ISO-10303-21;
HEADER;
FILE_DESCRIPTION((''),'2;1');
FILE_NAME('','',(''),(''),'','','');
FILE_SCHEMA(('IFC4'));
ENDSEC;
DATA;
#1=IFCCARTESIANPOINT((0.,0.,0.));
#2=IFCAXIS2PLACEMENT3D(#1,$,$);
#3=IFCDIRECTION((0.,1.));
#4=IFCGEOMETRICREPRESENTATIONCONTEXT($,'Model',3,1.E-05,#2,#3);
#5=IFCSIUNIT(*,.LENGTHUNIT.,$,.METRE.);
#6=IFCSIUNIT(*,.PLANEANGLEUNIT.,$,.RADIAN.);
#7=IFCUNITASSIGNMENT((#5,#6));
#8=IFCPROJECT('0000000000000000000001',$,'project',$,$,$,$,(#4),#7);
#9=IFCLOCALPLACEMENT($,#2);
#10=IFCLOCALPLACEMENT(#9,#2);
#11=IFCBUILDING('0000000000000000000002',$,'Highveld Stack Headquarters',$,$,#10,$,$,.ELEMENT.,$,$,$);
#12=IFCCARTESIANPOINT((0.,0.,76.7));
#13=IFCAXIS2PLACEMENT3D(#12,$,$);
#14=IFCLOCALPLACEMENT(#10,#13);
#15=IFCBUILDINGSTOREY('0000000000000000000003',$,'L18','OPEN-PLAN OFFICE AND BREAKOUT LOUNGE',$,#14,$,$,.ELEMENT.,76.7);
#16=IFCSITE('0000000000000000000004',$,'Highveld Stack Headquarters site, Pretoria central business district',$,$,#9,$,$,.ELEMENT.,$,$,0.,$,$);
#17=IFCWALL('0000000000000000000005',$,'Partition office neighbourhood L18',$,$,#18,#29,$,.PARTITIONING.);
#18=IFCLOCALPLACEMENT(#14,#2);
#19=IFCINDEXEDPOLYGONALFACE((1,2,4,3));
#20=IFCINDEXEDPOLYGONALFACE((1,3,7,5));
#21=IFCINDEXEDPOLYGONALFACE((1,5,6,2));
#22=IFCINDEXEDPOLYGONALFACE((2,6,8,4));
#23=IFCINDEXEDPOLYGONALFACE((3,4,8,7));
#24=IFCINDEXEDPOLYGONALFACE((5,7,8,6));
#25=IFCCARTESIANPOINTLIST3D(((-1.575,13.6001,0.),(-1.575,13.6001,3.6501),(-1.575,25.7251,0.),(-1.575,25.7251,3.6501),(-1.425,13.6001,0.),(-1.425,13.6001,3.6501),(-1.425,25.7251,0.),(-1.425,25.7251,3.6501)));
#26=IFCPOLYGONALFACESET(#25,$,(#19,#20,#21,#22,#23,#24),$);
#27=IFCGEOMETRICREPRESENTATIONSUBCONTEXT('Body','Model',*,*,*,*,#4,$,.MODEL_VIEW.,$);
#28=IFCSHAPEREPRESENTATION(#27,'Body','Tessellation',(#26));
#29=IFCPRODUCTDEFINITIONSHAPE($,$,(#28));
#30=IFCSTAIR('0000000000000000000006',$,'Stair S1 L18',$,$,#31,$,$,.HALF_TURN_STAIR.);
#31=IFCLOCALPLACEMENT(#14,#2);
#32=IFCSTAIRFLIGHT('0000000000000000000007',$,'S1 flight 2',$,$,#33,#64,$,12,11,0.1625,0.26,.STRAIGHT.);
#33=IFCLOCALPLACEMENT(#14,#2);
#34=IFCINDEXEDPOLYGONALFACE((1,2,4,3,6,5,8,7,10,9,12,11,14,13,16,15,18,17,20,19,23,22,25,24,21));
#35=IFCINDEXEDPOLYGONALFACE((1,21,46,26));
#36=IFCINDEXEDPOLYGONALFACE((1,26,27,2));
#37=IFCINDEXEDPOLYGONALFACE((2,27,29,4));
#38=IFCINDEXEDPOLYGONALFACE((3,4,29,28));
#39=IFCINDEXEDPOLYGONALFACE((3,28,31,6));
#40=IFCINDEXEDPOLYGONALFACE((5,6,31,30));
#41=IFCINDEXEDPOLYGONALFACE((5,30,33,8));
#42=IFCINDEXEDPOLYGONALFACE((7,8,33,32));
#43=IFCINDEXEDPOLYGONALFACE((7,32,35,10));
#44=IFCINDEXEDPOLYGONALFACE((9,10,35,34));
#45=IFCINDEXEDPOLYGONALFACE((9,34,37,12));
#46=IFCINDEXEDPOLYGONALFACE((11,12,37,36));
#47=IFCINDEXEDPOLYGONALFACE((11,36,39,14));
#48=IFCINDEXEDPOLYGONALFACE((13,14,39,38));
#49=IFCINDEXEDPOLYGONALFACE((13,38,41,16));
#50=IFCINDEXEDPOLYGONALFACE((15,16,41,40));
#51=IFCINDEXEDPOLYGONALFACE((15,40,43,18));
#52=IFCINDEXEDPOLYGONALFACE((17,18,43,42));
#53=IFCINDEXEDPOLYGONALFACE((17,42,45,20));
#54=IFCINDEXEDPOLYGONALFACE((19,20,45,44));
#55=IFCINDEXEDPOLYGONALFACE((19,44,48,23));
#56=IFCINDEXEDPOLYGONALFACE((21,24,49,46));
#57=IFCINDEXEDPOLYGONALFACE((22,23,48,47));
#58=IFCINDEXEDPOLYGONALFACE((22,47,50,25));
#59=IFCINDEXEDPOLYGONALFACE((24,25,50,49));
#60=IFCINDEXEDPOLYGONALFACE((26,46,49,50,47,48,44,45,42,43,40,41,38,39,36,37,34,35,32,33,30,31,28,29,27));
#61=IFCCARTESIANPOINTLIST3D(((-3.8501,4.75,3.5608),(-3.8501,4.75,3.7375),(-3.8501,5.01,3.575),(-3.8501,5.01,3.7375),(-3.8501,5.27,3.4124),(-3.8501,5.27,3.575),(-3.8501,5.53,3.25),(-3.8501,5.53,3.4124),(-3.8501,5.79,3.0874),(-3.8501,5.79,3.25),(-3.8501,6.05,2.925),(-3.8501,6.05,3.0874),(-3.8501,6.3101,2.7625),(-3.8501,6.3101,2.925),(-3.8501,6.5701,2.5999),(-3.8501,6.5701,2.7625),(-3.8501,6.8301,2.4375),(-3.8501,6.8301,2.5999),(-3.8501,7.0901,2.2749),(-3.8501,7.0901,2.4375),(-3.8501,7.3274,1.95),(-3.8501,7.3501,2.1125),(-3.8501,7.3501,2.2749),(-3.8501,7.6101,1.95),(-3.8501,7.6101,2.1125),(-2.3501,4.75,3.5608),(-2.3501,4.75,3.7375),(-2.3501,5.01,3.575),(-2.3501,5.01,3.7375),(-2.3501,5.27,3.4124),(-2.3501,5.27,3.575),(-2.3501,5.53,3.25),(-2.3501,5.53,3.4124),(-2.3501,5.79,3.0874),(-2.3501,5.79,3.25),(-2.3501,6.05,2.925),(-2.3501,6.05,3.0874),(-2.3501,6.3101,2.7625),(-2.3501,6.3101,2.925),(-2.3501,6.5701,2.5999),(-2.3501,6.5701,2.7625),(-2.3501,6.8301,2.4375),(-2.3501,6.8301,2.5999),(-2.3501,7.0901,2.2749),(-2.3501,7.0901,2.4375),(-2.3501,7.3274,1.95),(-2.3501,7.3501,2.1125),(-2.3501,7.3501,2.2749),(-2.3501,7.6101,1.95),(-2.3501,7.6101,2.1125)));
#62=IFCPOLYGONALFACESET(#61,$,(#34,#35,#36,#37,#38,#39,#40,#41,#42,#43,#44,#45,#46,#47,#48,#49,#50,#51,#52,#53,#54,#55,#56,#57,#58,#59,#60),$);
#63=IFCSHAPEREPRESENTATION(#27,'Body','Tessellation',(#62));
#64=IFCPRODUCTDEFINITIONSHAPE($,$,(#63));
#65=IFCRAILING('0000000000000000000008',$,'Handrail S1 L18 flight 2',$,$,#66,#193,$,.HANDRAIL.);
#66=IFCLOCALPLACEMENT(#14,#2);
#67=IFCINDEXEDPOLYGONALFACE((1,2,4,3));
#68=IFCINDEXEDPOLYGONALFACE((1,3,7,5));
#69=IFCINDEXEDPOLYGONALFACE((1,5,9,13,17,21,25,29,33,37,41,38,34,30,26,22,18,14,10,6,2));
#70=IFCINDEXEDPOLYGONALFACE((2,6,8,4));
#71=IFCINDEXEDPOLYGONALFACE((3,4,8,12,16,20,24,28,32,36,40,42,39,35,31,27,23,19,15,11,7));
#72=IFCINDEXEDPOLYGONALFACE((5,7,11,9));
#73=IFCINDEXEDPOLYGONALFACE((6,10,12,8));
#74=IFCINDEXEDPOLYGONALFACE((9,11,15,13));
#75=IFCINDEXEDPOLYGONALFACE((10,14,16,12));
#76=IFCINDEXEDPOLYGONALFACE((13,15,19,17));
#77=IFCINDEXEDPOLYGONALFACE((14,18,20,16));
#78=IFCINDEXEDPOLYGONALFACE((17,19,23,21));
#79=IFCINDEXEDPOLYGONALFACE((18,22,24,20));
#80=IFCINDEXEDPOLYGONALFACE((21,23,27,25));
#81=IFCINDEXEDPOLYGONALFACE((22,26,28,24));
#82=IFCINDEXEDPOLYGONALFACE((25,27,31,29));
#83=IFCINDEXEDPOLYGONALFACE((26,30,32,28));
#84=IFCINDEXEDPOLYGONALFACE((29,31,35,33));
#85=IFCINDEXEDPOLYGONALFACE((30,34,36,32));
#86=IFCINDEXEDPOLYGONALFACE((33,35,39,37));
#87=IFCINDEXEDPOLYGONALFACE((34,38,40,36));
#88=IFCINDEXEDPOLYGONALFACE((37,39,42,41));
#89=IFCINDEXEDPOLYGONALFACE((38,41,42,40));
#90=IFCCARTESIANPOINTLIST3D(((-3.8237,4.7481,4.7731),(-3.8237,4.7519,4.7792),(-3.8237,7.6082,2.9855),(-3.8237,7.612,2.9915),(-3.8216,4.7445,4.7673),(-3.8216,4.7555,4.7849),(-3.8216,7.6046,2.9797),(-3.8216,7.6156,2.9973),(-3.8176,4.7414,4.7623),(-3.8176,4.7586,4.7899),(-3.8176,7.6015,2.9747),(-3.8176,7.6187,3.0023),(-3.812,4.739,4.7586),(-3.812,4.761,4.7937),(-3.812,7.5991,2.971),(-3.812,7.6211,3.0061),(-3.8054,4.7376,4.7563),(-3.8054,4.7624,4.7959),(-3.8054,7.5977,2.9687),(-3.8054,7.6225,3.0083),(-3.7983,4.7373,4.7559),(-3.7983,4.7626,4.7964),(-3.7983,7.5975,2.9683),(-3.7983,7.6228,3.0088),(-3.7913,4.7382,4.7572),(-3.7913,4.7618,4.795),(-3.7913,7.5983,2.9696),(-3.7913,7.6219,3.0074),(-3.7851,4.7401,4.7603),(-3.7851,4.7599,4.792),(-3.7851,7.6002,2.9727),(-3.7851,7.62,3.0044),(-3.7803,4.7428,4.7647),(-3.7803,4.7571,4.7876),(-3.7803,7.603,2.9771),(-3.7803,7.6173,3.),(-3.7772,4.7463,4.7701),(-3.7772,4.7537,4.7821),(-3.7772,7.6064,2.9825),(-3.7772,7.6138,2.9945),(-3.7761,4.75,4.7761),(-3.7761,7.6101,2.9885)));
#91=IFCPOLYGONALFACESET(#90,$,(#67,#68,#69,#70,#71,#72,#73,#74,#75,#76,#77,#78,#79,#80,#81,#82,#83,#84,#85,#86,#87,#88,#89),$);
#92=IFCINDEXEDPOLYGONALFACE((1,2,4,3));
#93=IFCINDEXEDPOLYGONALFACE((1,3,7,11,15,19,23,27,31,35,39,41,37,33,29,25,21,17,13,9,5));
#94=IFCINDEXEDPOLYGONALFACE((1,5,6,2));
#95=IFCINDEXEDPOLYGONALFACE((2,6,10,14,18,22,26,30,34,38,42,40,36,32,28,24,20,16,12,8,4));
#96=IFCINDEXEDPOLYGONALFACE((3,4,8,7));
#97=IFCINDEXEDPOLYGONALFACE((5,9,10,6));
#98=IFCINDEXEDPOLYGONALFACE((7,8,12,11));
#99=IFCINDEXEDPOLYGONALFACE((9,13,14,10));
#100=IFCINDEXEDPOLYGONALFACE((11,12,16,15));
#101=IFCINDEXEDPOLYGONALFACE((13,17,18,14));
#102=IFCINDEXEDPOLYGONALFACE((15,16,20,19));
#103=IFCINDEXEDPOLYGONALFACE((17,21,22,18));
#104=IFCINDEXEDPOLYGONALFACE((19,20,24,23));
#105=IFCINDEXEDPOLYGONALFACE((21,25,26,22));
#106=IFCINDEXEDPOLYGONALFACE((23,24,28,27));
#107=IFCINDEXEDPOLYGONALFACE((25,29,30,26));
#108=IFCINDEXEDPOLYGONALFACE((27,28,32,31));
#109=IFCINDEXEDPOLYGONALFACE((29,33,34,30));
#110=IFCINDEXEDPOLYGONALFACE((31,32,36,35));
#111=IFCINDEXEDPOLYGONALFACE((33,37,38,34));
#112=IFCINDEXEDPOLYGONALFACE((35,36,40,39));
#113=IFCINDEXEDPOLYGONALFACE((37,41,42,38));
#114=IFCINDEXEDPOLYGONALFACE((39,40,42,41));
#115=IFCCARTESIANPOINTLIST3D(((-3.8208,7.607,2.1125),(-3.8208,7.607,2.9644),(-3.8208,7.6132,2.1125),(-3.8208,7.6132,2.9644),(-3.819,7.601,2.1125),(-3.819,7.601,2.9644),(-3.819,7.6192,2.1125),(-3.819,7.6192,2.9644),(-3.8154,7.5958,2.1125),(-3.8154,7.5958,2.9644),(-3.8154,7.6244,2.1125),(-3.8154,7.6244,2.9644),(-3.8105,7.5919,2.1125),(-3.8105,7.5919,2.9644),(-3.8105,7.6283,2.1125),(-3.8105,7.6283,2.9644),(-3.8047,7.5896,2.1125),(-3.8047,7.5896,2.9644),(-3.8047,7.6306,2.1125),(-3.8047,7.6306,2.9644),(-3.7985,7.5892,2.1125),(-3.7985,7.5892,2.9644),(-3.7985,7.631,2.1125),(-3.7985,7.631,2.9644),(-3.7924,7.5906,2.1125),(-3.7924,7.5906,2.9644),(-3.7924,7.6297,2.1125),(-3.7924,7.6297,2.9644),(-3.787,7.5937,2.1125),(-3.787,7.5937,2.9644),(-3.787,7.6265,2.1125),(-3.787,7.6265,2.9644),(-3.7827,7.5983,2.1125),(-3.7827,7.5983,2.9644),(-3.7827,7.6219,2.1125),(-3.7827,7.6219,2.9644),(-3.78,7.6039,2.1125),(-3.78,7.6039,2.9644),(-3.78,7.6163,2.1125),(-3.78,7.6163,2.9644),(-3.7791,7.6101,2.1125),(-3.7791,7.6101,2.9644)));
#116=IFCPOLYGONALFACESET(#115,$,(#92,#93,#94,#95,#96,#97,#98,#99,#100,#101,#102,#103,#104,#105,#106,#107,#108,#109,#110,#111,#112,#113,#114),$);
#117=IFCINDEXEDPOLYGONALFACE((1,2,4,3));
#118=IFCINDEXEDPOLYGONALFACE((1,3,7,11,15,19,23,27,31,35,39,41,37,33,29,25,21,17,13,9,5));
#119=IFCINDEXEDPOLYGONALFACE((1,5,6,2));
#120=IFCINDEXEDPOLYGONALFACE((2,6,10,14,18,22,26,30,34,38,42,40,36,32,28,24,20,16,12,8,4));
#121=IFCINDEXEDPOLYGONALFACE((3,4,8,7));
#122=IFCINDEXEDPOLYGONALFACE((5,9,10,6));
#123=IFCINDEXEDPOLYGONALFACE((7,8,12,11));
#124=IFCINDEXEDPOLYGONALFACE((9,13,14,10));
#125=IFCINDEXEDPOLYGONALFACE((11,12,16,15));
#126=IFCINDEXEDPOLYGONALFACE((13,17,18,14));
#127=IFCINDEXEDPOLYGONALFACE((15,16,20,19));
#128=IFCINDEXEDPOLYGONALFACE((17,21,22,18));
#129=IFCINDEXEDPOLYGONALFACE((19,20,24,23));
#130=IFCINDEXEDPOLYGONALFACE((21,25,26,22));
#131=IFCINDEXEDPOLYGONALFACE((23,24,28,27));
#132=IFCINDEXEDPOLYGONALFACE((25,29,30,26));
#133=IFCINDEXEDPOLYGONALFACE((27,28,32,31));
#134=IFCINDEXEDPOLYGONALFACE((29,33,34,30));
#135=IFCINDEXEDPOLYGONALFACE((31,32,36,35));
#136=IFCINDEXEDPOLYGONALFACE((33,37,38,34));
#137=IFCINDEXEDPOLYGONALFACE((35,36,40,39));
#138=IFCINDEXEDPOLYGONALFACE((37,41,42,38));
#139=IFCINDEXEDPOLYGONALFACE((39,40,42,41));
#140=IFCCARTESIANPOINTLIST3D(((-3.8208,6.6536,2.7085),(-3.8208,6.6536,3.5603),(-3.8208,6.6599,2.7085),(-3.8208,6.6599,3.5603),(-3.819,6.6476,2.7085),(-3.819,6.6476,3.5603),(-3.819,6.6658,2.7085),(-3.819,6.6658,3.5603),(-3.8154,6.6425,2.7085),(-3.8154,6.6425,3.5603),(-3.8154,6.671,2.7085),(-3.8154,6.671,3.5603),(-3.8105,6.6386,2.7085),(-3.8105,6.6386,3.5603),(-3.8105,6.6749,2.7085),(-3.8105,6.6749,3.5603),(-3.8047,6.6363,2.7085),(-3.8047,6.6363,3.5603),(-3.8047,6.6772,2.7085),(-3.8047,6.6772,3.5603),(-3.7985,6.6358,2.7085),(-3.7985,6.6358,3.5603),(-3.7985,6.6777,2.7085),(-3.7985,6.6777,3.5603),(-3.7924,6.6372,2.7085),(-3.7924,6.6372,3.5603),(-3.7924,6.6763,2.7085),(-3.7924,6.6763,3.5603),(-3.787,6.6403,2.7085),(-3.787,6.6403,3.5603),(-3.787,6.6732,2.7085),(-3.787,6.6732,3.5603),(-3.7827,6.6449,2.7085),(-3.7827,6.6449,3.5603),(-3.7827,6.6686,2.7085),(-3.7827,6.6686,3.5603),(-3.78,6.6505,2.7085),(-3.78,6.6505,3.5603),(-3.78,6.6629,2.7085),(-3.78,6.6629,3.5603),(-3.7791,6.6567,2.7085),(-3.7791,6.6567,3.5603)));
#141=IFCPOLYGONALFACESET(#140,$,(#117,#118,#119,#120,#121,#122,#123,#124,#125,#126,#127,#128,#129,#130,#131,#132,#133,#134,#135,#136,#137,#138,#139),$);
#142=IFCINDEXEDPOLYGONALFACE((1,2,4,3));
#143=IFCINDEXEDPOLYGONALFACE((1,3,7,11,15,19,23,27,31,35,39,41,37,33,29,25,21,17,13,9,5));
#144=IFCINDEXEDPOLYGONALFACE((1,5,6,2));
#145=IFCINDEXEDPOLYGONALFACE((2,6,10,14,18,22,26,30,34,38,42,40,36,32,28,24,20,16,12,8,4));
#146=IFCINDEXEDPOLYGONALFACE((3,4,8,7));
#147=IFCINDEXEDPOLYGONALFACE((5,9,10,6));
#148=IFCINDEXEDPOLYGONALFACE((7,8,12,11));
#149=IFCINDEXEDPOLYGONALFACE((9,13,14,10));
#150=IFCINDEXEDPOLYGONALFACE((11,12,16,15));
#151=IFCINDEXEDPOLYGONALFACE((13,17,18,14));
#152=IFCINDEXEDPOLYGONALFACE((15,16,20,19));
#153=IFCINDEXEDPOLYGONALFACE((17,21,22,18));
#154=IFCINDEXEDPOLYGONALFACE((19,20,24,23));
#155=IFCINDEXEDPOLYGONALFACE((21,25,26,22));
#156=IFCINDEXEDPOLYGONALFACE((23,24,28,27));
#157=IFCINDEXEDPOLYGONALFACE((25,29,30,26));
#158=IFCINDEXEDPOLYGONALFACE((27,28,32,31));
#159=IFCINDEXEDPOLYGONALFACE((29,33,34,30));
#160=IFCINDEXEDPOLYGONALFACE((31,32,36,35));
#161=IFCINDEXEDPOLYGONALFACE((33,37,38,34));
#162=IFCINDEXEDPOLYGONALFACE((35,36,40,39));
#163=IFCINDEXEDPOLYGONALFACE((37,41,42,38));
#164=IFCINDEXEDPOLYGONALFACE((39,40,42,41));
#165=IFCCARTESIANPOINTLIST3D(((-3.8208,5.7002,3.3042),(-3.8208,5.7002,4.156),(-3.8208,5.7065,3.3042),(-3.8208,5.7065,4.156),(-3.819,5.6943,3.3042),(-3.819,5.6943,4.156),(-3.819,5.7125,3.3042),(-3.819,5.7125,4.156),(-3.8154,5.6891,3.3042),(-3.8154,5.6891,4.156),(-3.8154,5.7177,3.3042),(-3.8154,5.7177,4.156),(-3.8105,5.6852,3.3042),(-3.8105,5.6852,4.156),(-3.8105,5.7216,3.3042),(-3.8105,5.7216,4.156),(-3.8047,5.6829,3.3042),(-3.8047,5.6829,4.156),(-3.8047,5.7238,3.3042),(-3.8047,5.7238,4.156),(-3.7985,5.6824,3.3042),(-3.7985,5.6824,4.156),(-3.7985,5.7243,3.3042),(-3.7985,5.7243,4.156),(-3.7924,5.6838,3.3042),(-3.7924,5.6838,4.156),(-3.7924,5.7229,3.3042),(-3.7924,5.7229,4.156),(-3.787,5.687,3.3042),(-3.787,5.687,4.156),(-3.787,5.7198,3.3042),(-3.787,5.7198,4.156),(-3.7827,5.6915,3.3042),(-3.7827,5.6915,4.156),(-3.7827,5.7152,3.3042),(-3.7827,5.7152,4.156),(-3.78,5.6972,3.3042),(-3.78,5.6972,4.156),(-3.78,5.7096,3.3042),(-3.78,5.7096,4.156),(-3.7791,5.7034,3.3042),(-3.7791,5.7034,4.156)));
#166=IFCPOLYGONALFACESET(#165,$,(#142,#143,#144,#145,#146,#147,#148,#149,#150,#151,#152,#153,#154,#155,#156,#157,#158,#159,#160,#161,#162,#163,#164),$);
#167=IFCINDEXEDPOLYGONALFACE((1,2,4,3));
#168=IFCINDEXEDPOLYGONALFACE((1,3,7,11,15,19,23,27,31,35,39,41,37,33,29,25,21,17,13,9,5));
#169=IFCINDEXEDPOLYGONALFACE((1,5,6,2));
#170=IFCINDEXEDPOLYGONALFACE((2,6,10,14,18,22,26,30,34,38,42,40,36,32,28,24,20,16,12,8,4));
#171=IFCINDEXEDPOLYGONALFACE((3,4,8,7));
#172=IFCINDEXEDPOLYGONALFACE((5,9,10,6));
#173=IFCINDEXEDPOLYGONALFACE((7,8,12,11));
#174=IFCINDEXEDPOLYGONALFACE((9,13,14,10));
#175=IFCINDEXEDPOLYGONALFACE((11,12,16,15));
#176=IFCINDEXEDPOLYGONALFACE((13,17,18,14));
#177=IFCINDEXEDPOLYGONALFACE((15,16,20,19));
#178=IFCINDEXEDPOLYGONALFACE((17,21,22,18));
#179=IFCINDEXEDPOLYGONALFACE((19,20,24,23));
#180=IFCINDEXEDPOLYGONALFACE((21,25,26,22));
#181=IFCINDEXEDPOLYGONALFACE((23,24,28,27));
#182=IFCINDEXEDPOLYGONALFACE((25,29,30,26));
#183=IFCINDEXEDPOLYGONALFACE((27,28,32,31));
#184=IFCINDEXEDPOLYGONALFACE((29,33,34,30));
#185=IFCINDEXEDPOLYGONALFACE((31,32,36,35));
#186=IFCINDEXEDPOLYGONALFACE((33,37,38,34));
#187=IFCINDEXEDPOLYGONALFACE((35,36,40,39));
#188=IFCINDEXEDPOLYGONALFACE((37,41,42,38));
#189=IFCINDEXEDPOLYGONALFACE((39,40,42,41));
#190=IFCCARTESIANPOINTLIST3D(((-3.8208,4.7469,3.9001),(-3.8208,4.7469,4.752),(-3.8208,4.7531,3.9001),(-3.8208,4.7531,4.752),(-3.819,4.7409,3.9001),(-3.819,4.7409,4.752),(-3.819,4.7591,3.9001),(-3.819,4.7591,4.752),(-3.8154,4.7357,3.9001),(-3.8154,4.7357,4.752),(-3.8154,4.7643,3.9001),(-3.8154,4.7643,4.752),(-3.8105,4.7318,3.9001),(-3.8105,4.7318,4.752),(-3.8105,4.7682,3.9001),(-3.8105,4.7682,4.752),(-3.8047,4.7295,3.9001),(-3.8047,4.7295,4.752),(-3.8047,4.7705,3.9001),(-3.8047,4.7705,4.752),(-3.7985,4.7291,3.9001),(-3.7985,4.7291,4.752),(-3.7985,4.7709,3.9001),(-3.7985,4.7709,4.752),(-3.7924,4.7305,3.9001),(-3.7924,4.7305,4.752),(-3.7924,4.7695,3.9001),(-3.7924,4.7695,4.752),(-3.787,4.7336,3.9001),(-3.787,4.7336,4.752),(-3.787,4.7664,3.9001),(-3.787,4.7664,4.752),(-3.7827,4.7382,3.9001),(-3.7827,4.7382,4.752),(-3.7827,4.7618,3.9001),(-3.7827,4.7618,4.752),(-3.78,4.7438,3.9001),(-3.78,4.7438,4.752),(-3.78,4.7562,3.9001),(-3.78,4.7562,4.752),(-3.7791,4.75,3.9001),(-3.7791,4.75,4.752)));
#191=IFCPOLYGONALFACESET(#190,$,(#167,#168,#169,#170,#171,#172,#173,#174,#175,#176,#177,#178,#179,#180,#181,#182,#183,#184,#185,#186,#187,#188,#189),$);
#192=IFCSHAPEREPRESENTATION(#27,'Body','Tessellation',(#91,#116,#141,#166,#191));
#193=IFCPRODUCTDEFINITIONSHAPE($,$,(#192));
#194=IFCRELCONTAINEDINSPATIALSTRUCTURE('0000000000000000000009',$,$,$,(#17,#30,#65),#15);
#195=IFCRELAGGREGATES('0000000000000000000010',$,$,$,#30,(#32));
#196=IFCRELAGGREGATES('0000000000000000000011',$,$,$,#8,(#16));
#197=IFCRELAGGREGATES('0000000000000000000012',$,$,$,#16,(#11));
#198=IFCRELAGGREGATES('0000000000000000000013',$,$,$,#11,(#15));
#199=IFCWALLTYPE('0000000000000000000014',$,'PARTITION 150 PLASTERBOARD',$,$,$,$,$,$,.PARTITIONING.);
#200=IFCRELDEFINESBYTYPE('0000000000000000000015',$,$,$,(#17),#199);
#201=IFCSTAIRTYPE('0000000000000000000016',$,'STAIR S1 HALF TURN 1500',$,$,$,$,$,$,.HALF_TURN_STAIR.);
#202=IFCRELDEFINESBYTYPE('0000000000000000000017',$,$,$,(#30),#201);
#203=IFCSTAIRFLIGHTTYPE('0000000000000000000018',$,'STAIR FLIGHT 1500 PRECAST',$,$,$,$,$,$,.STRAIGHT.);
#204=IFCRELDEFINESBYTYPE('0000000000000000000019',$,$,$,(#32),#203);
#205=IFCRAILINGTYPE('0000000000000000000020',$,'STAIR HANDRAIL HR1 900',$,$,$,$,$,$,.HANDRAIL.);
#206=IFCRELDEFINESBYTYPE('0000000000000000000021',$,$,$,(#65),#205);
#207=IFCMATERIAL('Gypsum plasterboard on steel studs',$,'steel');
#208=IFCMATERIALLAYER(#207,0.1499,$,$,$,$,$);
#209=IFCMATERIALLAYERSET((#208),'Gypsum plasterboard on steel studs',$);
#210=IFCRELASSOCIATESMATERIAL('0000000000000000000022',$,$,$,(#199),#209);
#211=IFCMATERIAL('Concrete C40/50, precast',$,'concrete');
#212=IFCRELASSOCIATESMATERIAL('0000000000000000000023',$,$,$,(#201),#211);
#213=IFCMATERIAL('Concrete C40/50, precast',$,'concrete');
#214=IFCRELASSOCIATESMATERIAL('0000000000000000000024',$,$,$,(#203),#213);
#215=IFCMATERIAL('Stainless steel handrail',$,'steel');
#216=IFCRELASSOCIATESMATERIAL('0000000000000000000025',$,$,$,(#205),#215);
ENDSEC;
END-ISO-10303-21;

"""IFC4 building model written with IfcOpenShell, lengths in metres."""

from ifc_helpers import new_model, si_unit, direction, frame, frame_2d, origin, origin_2d, place, context, subcontext, project, spatial, polyline, rectangle, circle, outline, extrude, material, layer, layer_set, type_object, element, aggregate, save


model = new_model("IFC4")

# Units and contexts
model_context = context("Model", 3, precision=1e-05, world=origin(), true_north=direction((0.0, 1.0)))
body_context = subcontext(model_context, "Body", "Model", "MODEL_VIEW")
ifc_project = project(units=[si_unit("LENGTHUNIT", "METRE"), si_unit("PLANEANGLEUNIT", "RADIAN")], contexts=[model_context])

# Site, building, storey
site_placement = place(None, origin())
site = spatial("IfcSite", under=ifc_project, at=site_placement, Name="Highveld Stack Headquarters site, Pretoria central business district", CompositionType="ELEMENT", RefElevation=0.0)
building_placement = place(site_placement, origin())
building = spatial("IfcBuilding", under=site, at=building_placement, Name="Highveld Stack Headquarters", CompositionType="ELEMENT")
storey_placement = place(building_placement, frame((0.0, 0.0, 76.7)))
storey = spatial("IfcBuildingStorey", under=building, at=storey_placement, Name="L18", Description="OPEN-PLAN OFFICE AND BREAKOUT LOUNGE", CompositionType="ELEMENT", Elevation=76.7)

# Shared definitions
ifc_material_1 = material(Name="Gypsum plasterboard on steel studs", Category="steel")
ifc_layer_1 = layer(ifc_material_1, 0.1499)
ifc_layer_set_1 = layer_set([ifc_layer_1], Name="Gypsum plasterboard on steel studs")
wall_type_1 = type_object("IfcWallType", Name="PARTITION 150 PLASTERBOARD", PredefinedType="PARTITIONING", material=ifc_layer_set_1)

# Wall
wall_1_placement = place(storey_placement, frame((-1.5, 13.6001, 0.0), z_axis=(0.0, 0.0, 1.0), x_axis=(0.0, 1.0, 0.0)))
element("IfcWall", 1, at=wall_1_placement, inside=storey, type_object=wall_type_1, Name="Partition office neighbourhood L18", PredefinedType="PARTITIONING", context=body_context, shape_type="SweptSolid", body=[
    extrude(rectangle(XDim=12.125, YDim=0.1499, at=frame_2d((6.0625, 0.0))), origin(), (0.0, 0.0, 1.0), 3.6501),
])

# Stair, stair flight
ifc_material_2 = material(Name="Concrete C40/50, precast", Category="concrete")
stair_type = type_object("IfcStairType", Name="STAIR S1 HALF TURN 1500", PredefinedType="HALF_TURN_STAIR", material=ifc_material_2)
stair_placement = place(storey_placement, origin())
stair = element("IfcStair", 2, at=stair_placement, inside=storey, type_object=stair_type, Name="Stair S1 L18", PredefinedType="HALF_TURN_STAIR")
ifc_material_3 = material(Name="Concrete C40/50, precast", Category="concrete")
stair_flight_type = type_object("IfcStairFlightType", Name="STAIR FLIGHT 1500 PRECAST", PredefinedType="STRAIGHT", material=ifc_material_3)
stair_flight_placement = place(storey_placement, frame((-3.1001, 7.6101, 1.95), z_axis=(0.0, 0.0, 1.0), x_axis=(0.0, -1.0, 0.0)))
stair_flight = element("IfcStairFlight", 3, at=stair_flight_placement, type_object=stair_flight_type, Name="S1 flight 2", NumberOfRisers=12, NumberOfTreads=11, PredefinedType="STRAIGHT", RiserHeight=0.1625, TreadLength=0.26, context=body_context, shape_type="SweptSolid", body=[
    extrude(outline(polyline([(0.0, 0.0), (0.0, 0.1626), (0.26, 0.1626), (0.26, 0.325), (0.52, 0.325), (0.52, 0.4875), (0.78, 0.4875), (0.78, 0.6499), (1.04, 0.6499), (1.04, 0.8125), (1.3, 0.8125), (1.3, 0.9751), (1.5601, 0.9751), (1.5601, 1.1375), (1.8201, 1.1375), (1.8201, 1.3), (2.0801, 1.3), (2.0801, 1.4624), (2.3401, 1.4624), (2.3401, 1.625), (2.6001, 1.625), (2.6001, 1.7876), (2.8601, 1.7876), (2.8601, 1.95), (2.8601, 1.6108), (0.2827, 0.0), (0.0, 0.0)])), frame((0.0, 0.75, 0.0), z_axis=(0.0, -1.0, 0.0), x_axis=(1.0, 0.0, 0.0)), (0.0, 0.0, 1.0), 1.5),
])
aggregate(stair, [stair_flight])

# Railing
ifc_material_4 = material(Name="Stainless steel handrail", Category="steel")
railing_type = type_object("IfcRailingType", Name="STAIR HANDRAIL HR1 900", PredefinedType="HANDRAIL", material=ifc_material_4)
for number, where, name in (
    (4, (-3.8, 7.6101, 2.1125), "Handrail S1 L18 flight 2"),
):
    element("IfcRailing", number, at=place(storey_placement, frame(where)), inside=storey, type_object=railing_type, Name=name, PredefinedType="HANDRAIL", context=body_context, shape_type="SweptSolid", body=[
        extrude(circle(Radius=0.0239, at=origin_2d()), frame((0.0, 0.0, 0.876), z_axis=(0.0, -0.847994, 0.530005), x_axis=(1.0, 0.0, 0.0)), (0.0, 0.0, 1.0), 3.3728),
        extrude(circle(Radius=0.021, at=origin_2d()), origin(), (0.0, 0.0, 1.0), 0.8518),
        extrude(circle(Radius=0.021, at=origin_2d()), frame((0.0, -0.9534, 0.5959)), (0.0, 0.0, 1.0), 0.8518),
        extrude(circle(Radius=0.021, at=origin_2d()), frame((0.0, -1.9067, 1.1917)), (0.0, 0.0, 1.0), 0.8518),
        extrude(circle(Radius=0.021, at=origin_2d()), frame((0.0, -2.8601, 1.7876)), (0.0, 0.0, 1.0), 0.8518),
    ])

save(model, "model.ifc")
